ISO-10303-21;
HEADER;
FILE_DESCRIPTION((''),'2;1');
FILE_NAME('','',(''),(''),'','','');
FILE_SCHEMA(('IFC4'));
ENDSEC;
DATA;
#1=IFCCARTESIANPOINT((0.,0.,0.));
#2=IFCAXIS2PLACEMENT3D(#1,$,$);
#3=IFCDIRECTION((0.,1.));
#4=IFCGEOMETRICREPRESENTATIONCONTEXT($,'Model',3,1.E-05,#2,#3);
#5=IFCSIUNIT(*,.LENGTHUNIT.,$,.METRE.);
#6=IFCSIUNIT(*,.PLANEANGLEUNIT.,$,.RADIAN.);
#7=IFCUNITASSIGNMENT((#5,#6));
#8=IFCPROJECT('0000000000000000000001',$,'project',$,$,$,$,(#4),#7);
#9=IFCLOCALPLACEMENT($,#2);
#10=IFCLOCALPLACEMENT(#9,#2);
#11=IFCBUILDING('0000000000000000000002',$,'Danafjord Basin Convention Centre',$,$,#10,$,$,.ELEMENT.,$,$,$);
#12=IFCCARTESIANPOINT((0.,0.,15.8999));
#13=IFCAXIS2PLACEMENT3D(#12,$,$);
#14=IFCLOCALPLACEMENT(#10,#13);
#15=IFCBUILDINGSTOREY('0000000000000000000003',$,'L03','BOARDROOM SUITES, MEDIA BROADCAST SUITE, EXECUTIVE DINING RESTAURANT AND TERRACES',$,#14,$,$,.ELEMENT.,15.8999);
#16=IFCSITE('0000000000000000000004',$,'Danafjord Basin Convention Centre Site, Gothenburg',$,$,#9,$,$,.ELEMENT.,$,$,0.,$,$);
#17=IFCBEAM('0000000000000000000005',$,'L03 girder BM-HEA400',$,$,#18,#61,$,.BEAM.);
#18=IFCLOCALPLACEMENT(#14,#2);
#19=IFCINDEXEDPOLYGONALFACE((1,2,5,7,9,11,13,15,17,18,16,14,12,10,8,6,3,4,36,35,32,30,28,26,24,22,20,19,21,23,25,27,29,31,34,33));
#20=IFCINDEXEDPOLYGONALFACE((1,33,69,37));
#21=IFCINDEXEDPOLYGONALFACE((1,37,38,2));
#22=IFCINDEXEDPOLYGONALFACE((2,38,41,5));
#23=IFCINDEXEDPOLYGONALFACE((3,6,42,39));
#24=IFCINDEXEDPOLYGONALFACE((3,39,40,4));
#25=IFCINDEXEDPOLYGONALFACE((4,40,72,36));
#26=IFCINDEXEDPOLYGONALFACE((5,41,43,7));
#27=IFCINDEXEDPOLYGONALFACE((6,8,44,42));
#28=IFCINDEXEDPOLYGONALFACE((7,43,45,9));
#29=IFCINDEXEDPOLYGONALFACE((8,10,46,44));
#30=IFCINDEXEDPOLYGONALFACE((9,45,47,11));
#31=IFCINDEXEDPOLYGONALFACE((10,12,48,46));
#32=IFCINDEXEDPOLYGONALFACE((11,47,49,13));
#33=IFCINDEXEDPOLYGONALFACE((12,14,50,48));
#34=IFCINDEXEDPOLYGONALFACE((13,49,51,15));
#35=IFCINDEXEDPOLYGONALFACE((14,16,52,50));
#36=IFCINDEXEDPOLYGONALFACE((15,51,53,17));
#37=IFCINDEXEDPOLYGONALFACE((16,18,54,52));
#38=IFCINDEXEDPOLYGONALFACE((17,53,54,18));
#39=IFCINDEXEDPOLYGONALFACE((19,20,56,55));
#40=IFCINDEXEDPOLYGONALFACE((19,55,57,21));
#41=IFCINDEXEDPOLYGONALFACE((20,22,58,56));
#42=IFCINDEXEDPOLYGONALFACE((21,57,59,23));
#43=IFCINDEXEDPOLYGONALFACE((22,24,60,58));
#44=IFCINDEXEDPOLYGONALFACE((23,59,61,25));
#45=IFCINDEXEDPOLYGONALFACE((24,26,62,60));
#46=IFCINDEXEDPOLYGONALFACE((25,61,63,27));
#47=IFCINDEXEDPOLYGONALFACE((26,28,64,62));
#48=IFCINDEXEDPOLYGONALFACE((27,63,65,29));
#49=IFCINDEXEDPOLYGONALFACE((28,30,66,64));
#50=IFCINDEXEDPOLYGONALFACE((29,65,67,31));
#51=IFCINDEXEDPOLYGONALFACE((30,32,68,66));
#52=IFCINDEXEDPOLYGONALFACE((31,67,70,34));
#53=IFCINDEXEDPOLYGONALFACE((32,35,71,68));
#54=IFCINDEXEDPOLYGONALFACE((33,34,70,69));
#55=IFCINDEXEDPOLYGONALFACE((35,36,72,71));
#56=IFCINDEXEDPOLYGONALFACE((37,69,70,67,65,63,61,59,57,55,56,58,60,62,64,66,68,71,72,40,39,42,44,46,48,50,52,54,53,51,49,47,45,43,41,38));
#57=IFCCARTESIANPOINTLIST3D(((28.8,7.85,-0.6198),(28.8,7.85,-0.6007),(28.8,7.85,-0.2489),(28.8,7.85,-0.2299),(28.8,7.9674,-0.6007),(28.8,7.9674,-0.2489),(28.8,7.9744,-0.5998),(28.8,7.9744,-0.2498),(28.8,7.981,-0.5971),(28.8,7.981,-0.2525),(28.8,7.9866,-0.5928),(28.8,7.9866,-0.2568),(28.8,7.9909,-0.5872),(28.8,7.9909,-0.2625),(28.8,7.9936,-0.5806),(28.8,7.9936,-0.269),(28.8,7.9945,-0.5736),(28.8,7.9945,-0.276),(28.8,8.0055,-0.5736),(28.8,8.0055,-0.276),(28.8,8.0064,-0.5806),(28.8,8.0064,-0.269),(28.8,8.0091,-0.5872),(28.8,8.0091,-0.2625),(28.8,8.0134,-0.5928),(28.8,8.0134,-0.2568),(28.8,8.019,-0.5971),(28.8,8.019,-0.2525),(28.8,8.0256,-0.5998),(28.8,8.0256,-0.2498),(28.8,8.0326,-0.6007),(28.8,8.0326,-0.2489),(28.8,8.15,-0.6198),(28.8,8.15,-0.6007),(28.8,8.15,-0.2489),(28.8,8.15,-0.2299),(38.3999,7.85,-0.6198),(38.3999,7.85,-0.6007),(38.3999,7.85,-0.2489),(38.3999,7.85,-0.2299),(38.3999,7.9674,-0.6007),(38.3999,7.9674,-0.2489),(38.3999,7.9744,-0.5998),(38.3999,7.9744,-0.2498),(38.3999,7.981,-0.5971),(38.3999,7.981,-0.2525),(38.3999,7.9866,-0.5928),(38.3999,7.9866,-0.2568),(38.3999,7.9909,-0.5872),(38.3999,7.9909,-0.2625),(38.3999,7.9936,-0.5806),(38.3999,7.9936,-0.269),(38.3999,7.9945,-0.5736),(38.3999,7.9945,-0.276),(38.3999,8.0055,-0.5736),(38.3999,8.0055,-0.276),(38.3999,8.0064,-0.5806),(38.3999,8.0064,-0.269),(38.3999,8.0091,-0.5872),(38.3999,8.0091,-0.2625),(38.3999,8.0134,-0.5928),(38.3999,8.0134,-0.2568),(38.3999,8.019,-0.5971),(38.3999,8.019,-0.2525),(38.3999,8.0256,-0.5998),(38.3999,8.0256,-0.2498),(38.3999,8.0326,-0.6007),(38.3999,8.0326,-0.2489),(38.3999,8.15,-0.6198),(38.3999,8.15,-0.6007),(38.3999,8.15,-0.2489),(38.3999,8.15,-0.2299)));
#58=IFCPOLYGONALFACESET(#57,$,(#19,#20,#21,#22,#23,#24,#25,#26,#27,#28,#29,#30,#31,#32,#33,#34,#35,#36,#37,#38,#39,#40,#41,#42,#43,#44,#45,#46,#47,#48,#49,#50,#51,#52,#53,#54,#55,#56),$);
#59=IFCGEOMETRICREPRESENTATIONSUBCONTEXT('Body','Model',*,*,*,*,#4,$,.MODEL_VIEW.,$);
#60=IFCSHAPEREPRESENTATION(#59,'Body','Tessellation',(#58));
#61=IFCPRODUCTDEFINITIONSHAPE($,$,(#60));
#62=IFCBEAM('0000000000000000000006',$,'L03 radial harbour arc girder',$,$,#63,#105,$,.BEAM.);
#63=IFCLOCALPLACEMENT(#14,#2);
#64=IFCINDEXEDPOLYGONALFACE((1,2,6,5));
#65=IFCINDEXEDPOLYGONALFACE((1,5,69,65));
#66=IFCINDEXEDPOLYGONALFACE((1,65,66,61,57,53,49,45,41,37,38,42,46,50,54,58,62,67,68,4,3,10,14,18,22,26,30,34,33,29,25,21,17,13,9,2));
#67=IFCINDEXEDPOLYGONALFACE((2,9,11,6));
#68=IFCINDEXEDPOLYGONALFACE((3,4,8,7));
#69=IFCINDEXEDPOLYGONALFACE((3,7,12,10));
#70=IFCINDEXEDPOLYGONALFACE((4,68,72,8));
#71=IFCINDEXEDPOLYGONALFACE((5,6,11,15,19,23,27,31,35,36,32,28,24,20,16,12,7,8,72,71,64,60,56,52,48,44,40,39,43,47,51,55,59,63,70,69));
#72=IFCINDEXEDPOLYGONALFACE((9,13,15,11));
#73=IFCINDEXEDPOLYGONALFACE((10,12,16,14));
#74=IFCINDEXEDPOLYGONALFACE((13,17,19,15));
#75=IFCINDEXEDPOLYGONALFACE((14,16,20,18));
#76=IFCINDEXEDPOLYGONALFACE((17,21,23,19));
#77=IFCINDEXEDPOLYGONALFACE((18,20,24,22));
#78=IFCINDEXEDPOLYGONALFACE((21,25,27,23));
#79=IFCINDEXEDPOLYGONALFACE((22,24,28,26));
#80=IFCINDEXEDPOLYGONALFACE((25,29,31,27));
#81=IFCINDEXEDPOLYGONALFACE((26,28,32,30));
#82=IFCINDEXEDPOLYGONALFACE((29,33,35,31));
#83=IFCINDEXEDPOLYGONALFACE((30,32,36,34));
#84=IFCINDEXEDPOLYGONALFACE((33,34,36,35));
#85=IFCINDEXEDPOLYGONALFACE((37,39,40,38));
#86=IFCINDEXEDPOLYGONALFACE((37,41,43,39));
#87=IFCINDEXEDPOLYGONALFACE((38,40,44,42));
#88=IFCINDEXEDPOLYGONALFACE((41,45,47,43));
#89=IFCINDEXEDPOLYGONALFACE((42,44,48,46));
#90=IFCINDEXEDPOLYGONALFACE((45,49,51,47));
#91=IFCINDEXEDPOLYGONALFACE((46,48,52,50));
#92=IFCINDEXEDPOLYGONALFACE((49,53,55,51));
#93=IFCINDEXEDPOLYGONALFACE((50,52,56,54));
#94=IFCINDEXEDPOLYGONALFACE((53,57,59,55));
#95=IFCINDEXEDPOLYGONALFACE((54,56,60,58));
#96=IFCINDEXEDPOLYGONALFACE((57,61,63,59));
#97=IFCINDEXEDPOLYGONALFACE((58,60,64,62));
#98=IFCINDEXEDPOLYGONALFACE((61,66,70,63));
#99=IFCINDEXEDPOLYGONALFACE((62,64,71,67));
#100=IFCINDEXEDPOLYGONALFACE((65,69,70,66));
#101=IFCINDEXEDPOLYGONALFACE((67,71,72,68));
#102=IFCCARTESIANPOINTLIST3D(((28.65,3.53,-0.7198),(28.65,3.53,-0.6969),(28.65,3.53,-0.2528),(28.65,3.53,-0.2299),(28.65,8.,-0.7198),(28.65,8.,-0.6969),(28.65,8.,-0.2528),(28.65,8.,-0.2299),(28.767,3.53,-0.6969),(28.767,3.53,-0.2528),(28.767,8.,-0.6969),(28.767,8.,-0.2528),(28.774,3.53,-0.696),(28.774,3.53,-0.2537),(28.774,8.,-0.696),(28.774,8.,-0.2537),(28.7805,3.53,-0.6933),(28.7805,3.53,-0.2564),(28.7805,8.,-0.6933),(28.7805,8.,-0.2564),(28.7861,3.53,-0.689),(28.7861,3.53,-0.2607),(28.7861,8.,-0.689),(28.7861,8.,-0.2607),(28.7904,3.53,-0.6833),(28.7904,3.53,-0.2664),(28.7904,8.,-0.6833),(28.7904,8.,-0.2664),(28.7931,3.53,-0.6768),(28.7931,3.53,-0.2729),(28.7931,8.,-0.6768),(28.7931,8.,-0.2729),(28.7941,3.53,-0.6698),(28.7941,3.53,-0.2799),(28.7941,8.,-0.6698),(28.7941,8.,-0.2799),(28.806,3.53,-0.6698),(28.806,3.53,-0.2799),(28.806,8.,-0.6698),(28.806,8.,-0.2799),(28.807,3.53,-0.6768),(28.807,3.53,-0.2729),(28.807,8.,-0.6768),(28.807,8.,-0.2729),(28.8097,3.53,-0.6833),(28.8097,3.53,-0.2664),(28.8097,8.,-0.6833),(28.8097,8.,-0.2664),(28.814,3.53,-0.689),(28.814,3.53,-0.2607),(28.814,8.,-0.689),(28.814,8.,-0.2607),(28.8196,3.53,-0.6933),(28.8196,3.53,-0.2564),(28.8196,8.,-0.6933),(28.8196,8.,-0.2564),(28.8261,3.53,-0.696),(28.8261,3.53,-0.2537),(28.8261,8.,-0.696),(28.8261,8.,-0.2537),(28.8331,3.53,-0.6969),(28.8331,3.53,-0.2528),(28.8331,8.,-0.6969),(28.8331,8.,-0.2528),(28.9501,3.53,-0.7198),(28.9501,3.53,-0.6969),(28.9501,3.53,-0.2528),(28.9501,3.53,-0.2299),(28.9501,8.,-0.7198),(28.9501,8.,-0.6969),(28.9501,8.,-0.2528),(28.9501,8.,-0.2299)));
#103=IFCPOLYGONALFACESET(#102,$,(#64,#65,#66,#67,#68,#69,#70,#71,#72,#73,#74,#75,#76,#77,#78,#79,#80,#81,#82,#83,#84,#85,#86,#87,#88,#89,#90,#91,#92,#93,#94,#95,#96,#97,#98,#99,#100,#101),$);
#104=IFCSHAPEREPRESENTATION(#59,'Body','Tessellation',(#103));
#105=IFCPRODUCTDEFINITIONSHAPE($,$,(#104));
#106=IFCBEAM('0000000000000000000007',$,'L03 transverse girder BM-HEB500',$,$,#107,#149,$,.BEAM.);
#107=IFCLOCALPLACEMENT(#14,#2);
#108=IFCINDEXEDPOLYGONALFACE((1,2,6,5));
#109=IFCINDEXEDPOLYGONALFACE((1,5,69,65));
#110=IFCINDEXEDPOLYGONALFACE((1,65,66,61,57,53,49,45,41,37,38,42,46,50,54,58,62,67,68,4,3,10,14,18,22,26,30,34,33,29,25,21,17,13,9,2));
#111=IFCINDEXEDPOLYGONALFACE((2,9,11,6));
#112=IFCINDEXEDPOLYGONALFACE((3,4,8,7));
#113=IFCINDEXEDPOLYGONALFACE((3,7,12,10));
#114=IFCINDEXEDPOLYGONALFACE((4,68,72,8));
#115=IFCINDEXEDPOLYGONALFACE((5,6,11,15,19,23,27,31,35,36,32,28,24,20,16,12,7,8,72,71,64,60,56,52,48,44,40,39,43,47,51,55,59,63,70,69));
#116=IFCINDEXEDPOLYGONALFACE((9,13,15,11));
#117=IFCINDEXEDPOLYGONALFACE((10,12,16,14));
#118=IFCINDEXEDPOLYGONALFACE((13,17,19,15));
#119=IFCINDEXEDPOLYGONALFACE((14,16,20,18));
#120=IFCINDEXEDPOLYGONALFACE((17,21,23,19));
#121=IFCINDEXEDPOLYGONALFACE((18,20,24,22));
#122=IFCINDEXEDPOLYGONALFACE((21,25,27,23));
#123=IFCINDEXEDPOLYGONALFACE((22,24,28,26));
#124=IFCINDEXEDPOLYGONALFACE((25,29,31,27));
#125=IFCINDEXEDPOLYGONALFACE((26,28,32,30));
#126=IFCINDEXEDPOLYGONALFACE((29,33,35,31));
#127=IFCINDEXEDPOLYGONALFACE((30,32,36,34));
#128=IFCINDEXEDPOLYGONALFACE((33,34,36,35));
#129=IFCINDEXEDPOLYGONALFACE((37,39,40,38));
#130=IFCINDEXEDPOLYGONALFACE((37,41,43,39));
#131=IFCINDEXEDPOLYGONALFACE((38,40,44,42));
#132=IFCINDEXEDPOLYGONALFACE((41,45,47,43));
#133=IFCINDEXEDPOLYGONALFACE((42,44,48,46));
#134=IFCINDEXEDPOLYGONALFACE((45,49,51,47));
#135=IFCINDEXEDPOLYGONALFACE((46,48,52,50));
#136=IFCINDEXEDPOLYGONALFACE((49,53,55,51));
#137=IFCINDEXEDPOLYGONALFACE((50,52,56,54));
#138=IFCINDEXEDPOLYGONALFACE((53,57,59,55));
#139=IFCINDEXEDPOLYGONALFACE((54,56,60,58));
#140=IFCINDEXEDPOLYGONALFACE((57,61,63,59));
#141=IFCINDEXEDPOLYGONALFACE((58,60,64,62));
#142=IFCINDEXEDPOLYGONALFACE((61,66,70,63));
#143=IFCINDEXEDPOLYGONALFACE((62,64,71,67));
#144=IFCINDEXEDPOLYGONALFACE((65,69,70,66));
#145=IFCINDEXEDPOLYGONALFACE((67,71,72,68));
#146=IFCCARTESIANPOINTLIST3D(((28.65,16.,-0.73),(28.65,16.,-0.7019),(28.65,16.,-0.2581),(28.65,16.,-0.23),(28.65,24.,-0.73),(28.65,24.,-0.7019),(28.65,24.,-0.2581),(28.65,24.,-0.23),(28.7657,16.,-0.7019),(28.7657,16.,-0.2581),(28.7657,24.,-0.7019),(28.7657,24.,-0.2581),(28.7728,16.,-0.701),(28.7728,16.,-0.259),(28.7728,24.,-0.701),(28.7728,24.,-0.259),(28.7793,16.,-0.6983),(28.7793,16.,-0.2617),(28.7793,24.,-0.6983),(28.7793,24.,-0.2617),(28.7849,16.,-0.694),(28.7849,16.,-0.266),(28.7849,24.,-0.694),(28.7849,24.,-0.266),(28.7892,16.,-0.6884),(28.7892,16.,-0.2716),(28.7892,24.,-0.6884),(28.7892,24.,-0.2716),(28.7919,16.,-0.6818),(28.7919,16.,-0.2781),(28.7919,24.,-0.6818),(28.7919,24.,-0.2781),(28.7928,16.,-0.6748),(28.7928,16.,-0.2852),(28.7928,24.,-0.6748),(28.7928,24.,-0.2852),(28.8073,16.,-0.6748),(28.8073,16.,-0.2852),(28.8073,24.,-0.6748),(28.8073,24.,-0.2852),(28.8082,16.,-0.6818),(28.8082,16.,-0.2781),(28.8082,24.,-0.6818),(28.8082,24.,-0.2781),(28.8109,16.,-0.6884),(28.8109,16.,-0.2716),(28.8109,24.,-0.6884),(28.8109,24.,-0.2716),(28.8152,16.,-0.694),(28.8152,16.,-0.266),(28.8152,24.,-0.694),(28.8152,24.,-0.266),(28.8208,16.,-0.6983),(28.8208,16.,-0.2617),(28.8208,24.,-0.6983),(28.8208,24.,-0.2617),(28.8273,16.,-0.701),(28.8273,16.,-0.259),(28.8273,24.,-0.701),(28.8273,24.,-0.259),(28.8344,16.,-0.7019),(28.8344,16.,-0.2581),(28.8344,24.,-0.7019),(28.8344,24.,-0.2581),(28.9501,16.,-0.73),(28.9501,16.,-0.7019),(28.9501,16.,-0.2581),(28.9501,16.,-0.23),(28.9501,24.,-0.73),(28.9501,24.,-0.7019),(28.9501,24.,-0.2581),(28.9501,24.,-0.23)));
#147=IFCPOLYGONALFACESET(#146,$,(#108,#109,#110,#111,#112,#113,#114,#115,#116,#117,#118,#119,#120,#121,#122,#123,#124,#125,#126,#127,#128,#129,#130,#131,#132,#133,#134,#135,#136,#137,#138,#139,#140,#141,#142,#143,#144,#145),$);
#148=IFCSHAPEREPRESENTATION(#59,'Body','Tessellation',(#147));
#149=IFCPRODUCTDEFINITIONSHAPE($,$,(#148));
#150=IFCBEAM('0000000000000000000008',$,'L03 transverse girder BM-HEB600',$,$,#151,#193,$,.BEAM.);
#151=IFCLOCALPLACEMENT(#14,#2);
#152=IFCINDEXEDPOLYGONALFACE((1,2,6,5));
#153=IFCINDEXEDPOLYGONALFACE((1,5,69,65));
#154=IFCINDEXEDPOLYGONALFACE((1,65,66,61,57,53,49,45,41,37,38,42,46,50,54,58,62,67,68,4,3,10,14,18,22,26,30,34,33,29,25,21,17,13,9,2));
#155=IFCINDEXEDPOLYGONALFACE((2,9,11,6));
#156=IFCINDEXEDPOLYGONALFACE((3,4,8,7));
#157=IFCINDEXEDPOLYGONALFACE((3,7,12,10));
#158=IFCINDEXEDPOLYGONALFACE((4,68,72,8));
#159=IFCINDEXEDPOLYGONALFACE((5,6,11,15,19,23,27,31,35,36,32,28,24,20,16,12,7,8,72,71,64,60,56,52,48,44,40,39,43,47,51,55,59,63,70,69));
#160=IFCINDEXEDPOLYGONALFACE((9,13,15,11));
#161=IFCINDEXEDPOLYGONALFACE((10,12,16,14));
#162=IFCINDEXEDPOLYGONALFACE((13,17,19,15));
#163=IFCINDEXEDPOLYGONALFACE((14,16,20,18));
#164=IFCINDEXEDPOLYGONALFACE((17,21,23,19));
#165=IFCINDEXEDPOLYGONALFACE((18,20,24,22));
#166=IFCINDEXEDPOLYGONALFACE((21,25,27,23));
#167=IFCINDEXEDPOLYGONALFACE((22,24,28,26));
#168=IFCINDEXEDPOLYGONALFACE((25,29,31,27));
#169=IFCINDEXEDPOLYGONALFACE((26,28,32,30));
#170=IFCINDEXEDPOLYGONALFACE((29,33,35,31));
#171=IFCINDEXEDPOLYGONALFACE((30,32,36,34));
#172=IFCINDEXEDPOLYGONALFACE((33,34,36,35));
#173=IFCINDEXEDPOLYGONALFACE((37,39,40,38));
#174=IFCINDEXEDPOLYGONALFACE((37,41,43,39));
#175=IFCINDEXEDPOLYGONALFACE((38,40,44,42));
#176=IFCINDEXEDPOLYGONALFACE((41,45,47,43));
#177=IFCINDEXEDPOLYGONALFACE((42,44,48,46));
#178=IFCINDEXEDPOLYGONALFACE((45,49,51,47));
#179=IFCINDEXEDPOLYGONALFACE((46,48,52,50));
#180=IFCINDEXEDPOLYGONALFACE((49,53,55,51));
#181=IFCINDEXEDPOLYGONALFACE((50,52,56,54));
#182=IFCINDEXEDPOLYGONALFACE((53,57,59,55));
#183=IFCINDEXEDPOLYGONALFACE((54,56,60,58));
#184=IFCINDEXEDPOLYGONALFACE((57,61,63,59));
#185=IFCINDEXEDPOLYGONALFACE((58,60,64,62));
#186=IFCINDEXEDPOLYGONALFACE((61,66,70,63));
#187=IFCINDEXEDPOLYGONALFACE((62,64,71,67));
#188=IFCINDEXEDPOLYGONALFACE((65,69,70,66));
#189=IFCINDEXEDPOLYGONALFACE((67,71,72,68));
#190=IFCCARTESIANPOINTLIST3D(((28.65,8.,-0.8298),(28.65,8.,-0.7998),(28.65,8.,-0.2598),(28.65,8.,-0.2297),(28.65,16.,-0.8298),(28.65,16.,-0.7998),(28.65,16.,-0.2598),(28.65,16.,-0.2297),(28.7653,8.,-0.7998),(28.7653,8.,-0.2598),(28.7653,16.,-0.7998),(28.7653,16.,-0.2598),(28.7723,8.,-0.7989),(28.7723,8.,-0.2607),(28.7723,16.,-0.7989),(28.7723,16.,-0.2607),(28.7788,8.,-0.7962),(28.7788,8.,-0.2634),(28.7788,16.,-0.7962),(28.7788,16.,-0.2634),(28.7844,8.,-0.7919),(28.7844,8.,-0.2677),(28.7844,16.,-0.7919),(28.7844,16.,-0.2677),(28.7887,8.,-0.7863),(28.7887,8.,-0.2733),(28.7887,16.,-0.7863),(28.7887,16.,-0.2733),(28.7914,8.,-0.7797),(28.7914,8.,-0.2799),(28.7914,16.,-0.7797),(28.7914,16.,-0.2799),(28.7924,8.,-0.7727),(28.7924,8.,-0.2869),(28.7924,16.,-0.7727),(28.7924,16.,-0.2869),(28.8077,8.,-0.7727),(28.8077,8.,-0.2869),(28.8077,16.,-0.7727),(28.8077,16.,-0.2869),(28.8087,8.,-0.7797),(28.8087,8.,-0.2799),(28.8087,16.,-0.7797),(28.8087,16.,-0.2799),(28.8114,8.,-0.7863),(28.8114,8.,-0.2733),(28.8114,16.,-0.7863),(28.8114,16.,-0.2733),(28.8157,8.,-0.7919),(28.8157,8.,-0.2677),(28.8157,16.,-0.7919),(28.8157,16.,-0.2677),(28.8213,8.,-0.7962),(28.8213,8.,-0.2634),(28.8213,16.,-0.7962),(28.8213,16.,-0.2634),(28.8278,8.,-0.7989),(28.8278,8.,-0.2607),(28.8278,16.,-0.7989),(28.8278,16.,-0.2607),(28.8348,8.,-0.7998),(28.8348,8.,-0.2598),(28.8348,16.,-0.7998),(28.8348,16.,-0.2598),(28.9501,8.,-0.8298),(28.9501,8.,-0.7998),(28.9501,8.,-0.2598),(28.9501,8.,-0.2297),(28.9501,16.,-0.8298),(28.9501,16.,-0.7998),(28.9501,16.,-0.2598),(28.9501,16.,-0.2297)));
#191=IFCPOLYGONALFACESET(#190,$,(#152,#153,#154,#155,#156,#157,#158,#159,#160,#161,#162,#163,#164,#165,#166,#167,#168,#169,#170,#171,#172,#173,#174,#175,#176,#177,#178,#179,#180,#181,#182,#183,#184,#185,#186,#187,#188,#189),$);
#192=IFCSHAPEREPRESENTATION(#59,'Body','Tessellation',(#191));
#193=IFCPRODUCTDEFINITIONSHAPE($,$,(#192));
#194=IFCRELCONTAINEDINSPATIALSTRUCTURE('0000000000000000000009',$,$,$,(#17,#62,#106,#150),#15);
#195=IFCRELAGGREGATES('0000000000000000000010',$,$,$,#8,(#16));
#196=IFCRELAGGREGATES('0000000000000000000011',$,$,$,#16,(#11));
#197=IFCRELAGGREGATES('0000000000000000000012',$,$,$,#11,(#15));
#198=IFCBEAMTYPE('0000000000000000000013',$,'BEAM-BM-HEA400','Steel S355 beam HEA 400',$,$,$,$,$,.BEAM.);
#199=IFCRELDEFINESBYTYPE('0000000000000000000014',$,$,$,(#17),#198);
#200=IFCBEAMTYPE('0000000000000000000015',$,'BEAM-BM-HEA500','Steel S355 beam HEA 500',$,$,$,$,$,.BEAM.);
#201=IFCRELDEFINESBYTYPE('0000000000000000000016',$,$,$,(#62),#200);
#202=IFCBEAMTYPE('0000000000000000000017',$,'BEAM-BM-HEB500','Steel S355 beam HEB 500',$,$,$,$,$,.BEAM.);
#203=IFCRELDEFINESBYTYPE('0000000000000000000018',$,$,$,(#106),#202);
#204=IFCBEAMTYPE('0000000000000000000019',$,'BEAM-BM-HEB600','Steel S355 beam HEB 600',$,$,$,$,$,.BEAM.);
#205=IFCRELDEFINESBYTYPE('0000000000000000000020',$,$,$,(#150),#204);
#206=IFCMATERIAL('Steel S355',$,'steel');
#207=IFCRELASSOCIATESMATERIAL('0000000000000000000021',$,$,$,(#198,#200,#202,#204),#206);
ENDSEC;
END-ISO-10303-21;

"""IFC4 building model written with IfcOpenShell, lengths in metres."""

from ifc_helpers import new_model, si_unit, direction, frame, origin, origin_2d, place, context, subcontext, project, spatial, i_section, extrude, material, material_profile, profile_set, type_object, element, save


model = new_model("IFC4")

# Units and contexts
model_context = context("Model", 3, precision=1e-05, world=origin(), true_north=direction((0.0, 1.0)))
body_context = subcontext(model_context, "Body", "Model", "MODEL_VIEW")
ifc_project = project(units=[si_unit("LENGTHUNIT", "METRE"), si_unit("PLANEANGLEUNIT", "RADIAN")], contexts=[model_context])

# Site, building, storey
site_placement = place(None, origin())
site = spatial("IfcSite", under=ifc_project, at=site_placement, Name="Danafjord Basin Convention Centre Site, Gothenburg", CompositionType="ELEMENT", RefElevation=0.0)
building_placement = place(site_placement, origin())
building = spatial("IfcBuilding", under=site, at=building_placement, Name="Danafjord Basin Convention Centre", CompositionType="ELEMENT")
storey_placement = place(building_placement, frame((0.0, 0.0, 15.8999)))
storey = spatial("IfcBuildingStorey", under=building, at=storey_placement, Name="L03", Description="BOARDROOM SUITES, MEDIA BROADCAST SUITE, EXECUTIVE DINING RESTAURANT AND TERRACES", CompositionType="ELEMENT", Elevation=15.8999)

# Shared definitions
ifc_material_1 = material(Name="Steel S355", Category="steel")

# Beams
ifc_material_profile_1 = material_profile(ifc_material_1, i_section(OverallWidth=0.3, OverallDepth=0.3899, WebThickness=0.011, FlangeThickness=0.019, FilletRadius=0.0271, at=origin_2d()), Name="HEA 400")
ifc_profile_set_1 = profile_set([ifc_material_profile_1], Name="Steel S355")
beam_type_1 = type_object("IfcBeamType", Name="BEAM-BM-HEA400", Description="Steel S355 beam HEA 400", PredefinedType="BEAM", material=ifc_profile_set_1)
beam_1_placement = place(storey_placement, frame((28.8, 8.0, -0.4248), z_axis=(1.0, 0.0, 0.0), x_axis=(0.0, 1.0, 0.0)))
element("IfcBeam", 1, at=beam_1_placement, inside=storey, type_object=beam_type_1, Name="L03 girder BM-HEA400", PredefinedType="BEAM", context=body_context, shape_type="SweptSolid", body=[
    extrude(i_section(OverallWidth=0.3, OverallDepth=0.3899, WebThickness=0.011, FlangeThickness=0.019, FilletRadius=0.0271, at=origin_2d()), origin(), (0.0, 0.0, 1.0), 9.5999),
])
ifc_material_profile_2 = material_profile(ifc_material_1, i_section(OverallWidth=0.3, OverallDepth=0.49, WebThickness=0.012, FlangeThickness=0.0229, FilletRadius=0.0271, at=origin_2d()), Name="HEA 500")
ifc_profile_set_2 = profile_set([ifc_material_profile_2], Name="Steel S355")
beam_type_2 = type_object("IfcBeamType", Name="BEAM-BM-HEA500", Description="Steel S355 beam HEA 500", PredefinedType="BEAM", material=ifc_profile_set_2)
beam_2_placement = place(storey_placement, frame((28.8, 3.53, -0.4749), z_axis=(0.0, 1.0, 0.0), x_axis=(-1.0, 0.0, 0.0)))
element("IfcBeam", 2, at=beam_2_placement, inside=storey, type_object=beam_type_2, Name="L03 radial harbour arc girder", PredefinedType="BEAM", context=body_context, shape_type="SweptSolid", body=[
    extrude(i_section(OverallWidth=0.3, OverallDepth=0.49, WebThickness=0.012, FlangeThickness=0.0229, FilletRadius=0.0271, at=origin_2d()), origin(), (0.0, 0.0, 1.0), 4.47),
])
ifc_material_profile_3 = material_profile(ifc_material_1, i_section(OverallWidth=0.3, OverallDepth=0.5, WebThickness=0.0144, FlangeThickness=0.0281, FilletRadius=0.0271, at=origin_2d()), Name="HEB 500")
ifc_profile_set_3 = profile_set([ifc_material_profile_3], Name="Steel S355")
beam_type_3 = type_object("IfcBeamType", Name="BEAM-BM-HEB500", Description="Steel S355 beam HEB 500", PredefinedType="BEAM", material=ifc_profile_set_3)
beam_3_placement = place(storey_placement, frame((28.8, 16.0, -0.48), z_axis=(0.0, 1.0, 0.0), x_axis=(-1.0, 0.0, 0.0)))
element("IfcBeam", 3, at=beam_3_placement, inside=storey, type_object=beam_type_3, Name="L03 transverse girder BM-HEB500", PredefinedType="BEAM", context=body_context, shape_type="SweptSolid", body=[
    extrude(i_section(OverallWidth=0.3, OverallDepth=0.5, WebThickness=0.0144, FlangeThickness=0.0281, FilletRadius=0.0271, at=origin_2d()), origin(), (0.0, 0.0, 1.0), 8.0),
])
ifc_material_profile_4 = material_profile(ifc_material_1, i_section(OverallWidth=0.3, OverallDepth=0.6001, WebThickness=0.0154, FlangeThickness=0.03, FilletRadius=0.0271, at=origin_2d()), Name="HEB 600")
ifc_profile_set_4 = profile_set([ifc_material_profile_4], Name="Steel S355")
beam_type_4 = type_object("IfcBeamType", Name="BEAM-BM-HEB600", Description="Steel S355 beam HEB 600", PredefinedType="BEAM", material=ifc_profile_set_4)
beam_4_placement = place(storey_placement, frame((28.8, 8.0, -0.5298), z_axis=(0.0, 1.0, 0.0), x_axis=(-1.0, 0.0, 0.0)))
element("IfcBeam", 4, at=beam_4_placement, inside=storey, type_object=beam_type_4, Name="L03 transverse girder BM-HEB600", PredefinedType="BEAM", context=body_context, shape_type="SweptSolid", body=[
    extrude(i_section(OverallWidth=0.3, OverallDepth=0.6001, WebThickness=0.0154, FlangeThickness=0.03, FilletRadius=0.0271, at=origin_2d()), origin(), (0.0, 0.0, 1.0), 8.0),
])

save(model, "model.ifc")
